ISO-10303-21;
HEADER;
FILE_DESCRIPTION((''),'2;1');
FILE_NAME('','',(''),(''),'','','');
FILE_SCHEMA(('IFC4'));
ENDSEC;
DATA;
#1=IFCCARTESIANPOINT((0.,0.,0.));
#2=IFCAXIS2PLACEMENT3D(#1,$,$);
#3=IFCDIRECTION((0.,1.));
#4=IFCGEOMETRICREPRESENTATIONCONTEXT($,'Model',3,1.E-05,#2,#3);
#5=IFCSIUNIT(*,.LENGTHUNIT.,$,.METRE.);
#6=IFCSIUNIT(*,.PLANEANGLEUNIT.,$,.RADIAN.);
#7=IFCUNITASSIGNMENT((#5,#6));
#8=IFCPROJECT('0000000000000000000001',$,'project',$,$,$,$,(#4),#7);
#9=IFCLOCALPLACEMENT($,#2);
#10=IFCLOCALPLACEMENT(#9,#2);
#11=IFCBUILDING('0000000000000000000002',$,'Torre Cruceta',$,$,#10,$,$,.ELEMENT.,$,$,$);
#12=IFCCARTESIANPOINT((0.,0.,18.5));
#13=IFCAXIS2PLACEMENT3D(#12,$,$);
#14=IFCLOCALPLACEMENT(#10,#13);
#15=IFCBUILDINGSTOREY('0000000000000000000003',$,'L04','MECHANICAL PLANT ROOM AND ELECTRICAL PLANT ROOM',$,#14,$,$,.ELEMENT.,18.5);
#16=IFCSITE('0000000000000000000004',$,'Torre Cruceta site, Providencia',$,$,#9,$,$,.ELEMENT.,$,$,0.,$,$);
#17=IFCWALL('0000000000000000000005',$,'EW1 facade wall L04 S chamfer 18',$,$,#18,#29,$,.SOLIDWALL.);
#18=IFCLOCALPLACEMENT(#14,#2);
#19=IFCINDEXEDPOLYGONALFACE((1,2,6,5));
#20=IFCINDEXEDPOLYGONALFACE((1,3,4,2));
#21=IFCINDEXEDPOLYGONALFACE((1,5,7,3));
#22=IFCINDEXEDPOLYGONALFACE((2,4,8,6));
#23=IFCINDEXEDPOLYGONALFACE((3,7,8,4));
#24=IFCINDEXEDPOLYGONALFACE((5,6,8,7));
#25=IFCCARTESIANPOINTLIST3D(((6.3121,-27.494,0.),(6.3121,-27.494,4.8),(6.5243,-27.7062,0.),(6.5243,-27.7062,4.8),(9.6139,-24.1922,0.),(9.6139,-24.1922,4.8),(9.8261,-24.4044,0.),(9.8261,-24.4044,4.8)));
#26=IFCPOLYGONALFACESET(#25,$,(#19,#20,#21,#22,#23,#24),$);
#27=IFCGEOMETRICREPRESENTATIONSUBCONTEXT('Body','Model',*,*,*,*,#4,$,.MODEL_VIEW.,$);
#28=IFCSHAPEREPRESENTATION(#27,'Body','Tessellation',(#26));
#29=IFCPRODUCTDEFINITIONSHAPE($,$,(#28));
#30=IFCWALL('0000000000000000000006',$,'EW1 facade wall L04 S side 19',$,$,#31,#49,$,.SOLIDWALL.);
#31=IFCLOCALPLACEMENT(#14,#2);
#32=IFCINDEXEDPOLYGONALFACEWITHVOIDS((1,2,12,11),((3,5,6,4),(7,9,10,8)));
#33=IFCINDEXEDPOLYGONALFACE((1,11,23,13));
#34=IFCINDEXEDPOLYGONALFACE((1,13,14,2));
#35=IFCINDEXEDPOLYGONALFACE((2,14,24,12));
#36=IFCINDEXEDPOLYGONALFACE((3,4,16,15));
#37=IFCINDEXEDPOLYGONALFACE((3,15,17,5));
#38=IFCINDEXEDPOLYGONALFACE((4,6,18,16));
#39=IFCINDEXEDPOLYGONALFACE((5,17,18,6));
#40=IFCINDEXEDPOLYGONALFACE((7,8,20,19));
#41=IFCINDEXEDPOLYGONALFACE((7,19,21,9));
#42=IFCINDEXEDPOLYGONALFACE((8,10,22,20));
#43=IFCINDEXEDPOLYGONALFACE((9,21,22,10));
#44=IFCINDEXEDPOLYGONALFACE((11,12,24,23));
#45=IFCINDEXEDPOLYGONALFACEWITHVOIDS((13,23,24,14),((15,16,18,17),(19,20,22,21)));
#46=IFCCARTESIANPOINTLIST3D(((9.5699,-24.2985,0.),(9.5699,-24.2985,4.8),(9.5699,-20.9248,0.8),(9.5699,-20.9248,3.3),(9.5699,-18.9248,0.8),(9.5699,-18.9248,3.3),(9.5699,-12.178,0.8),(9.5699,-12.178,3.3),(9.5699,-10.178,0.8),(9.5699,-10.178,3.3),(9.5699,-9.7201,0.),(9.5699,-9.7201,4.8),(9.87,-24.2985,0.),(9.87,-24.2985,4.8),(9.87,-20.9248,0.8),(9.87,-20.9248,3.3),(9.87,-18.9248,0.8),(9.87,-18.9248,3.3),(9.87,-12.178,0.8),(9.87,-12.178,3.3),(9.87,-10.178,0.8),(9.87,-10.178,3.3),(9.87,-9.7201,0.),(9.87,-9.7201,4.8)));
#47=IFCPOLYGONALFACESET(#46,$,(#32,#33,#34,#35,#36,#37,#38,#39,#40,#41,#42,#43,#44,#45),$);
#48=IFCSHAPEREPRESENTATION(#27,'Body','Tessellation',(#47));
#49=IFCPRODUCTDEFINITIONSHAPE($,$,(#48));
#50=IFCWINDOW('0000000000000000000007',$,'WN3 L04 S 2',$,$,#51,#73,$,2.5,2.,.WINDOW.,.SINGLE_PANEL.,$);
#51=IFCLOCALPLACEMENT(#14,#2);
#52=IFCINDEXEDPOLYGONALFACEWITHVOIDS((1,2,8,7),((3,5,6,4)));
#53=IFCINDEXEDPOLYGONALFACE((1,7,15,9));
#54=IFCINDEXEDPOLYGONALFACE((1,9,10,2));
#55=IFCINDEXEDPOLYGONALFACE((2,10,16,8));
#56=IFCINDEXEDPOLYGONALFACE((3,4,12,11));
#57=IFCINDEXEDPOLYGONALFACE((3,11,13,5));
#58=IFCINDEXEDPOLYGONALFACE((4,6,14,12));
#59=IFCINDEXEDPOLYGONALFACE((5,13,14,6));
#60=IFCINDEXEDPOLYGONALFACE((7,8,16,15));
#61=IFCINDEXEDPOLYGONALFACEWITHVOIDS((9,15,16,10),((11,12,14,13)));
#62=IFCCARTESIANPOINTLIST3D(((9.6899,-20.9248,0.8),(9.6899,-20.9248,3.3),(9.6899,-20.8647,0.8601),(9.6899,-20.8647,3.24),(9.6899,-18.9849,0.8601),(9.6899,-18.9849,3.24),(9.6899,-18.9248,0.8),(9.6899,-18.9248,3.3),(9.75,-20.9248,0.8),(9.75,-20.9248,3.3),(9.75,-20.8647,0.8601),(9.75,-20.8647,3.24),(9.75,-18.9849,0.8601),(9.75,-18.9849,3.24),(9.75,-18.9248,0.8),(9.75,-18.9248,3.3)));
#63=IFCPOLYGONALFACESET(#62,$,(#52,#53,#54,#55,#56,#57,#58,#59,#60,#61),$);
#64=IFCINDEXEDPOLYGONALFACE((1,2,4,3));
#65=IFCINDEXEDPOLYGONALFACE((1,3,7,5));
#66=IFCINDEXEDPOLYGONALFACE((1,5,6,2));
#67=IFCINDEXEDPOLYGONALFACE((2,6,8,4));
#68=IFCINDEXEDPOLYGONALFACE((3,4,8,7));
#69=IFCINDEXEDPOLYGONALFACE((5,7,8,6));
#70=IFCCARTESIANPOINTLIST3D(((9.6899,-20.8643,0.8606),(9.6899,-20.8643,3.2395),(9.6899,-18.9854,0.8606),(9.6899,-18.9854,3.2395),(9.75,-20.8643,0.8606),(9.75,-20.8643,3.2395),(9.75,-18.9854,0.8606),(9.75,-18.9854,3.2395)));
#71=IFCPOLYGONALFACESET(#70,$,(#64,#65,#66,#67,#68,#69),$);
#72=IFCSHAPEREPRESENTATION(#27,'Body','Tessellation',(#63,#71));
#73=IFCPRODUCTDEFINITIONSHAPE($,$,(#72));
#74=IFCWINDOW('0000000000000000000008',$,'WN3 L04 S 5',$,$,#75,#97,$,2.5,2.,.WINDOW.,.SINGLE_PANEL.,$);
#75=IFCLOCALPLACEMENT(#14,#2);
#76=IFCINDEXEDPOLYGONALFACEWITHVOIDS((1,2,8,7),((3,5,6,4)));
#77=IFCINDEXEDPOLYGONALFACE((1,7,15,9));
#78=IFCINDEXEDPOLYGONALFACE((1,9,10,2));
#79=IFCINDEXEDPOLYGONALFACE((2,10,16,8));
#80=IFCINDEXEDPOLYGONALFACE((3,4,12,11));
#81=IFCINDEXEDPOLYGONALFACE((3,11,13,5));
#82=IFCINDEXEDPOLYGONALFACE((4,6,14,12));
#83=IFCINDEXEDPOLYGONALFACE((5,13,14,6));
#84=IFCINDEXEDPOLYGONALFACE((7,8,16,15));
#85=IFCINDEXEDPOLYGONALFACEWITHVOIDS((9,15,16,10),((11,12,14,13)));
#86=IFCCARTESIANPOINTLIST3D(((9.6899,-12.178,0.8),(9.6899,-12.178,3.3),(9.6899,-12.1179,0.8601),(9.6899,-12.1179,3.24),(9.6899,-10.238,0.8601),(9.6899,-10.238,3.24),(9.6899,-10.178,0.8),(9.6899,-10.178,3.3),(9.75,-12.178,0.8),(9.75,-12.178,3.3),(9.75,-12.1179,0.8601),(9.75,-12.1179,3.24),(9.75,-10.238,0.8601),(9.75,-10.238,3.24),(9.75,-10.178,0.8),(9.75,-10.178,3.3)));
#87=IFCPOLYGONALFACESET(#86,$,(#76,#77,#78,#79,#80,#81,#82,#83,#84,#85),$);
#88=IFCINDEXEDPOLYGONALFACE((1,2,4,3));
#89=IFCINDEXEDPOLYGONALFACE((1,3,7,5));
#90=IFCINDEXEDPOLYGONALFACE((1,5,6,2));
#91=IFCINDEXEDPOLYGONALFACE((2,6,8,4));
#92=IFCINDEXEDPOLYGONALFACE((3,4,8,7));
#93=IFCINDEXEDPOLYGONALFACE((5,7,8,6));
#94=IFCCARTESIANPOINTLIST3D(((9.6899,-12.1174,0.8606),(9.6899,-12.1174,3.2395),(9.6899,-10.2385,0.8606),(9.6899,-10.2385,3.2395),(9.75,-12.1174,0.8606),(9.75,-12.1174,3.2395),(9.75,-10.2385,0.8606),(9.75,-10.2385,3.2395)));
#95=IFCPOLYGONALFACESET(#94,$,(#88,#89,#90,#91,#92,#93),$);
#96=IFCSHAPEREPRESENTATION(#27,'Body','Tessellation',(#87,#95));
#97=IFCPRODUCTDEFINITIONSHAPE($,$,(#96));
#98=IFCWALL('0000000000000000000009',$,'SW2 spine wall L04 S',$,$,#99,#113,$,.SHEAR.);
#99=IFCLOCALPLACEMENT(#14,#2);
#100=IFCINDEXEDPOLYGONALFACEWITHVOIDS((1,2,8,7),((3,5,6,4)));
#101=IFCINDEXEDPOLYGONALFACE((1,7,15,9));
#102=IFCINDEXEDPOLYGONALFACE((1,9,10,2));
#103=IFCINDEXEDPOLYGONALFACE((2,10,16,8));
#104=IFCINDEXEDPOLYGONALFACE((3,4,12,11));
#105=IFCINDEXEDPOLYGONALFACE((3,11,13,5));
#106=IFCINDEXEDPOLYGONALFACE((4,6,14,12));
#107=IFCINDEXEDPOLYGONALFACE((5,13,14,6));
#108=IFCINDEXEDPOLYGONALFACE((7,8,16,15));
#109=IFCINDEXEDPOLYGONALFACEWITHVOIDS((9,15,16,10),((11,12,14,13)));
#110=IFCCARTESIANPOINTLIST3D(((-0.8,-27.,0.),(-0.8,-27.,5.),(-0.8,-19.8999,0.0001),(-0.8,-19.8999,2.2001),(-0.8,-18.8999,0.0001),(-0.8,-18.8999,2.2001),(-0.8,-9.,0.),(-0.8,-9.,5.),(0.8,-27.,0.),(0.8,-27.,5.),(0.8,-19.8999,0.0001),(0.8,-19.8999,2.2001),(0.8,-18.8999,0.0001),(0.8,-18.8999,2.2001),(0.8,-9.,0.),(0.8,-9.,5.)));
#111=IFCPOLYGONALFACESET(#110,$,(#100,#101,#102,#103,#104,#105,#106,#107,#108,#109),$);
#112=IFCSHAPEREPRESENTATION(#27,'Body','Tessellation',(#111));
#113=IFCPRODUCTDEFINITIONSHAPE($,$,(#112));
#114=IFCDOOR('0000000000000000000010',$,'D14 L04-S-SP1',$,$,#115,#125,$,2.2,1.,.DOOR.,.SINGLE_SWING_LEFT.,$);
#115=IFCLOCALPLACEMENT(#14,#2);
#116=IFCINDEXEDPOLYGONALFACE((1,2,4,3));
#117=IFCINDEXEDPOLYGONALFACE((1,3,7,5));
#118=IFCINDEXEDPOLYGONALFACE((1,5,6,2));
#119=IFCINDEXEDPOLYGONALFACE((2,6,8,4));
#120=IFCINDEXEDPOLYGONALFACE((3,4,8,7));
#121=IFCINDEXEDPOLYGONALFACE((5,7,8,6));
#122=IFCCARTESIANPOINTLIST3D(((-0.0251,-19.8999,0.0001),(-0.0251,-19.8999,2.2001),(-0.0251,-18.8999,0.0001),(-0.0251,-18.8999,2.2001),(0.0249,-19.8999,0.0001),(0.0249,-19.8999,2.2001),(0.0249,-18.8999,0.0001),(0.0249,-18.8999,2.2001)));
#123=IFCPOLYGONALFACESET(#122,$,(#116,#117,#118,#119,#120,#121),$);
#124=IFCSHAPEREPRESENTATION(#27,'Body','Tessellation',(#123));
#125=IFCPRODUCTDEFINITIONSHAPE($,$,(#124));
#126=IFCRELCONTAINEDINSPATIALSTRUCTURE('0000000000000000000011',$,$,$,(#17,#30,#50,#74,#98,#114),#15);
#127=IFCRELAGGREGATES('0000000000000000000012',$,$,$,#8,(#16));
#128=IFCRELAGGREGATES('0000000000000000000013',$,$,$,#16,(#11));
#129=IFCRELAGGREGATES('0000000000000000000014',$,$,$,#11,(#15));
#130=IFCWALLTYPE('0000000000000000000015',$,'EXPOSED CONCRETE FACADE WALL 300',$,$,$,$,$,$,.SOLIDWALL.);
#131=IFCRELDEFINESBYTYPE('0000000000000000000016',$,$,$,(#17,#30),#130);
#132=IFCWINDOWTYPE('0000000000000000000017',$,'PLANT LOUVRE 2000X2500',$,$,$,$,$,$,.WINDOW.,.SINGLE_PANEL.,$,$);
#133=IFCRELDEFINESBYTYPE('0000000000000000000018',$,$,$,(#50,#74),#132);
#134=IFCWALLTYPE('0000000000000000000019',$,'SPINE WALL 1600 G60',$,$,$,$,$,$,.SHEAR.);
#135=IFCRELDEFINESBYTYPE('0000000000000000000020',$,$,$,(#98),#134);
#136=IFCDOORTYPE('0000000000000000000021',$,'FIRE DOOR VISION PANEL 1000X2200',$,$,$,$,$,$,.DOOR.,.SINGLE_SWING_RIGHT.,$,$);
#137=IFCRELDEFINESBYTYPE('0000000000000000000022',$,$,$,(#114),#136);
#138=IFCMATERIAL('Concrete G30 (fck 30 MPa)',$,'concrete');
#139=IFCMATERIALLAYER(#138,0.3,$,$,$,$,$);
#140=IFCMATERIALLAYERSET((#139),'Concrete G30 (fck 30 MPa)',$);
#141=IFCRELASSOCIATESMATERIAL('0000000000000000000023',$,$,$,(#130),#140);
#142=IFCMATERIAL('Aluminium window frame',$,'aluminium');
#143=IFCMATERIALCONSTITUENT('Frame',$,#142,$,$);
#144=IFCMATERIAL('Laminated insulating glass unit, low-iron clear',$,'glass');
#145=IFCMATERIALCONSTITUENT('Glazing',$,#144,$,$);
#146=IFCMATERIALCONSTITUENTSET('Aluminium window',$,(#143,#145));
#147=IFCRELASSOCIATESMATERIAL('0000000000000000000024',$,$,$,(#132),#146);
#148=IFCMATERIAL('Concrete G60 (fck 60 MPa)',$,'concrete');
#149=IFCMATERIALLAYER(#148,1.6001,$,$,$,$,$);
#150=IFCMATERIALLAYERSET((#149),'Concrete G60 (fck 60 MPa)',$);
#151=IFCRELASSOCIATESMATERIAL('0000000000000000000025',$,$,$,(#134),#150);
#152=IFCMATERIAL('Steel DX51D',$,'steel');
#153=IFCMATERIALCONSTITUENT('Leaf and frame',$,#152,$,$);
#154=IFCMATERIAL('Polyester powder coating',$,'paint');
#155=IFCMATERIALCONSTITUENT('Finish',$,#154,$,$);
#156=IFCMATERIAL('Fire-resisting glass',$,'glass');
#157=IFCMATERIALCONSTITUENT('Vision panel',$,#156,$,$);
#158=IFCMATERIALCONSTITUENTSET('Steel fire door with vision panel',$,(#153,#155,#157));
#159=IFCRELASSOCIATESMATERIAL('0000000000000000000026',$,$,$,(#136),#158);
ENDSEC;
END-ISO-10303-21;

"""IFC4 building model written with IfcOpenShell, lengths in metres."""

from ifc_helpers import new_model, si_unit, direction, frame, frame_2d, origin, place, context, subcontext, project, spatial, rectangle, hollow_rectangle, extrude, material, layer, layer_set, constituent, constituent_set, type_object, element, fill, save


model = new_model("IFC4")

# Units and contexts
model_context = context("Model", 3, precision=1e-05, world=origin(), true_north=direction((0.0, 1.0)))
body_context = subcontext(model_context, "Body", "Model", "MODEL_VIEW")
ifc_project = project(units=[si_unit("LENGTHUNIT", "METRE"), si_unit("PLANEANGLEUNIT", "RADIAN")], contexts=[model_context])

# Site, building, storey
site_placement = place(None, origin())
site = spatial("IfcSite", under=ifc_project, at=site_placement, Name="Torre Cruceta site, Providencia", CompositionType="ELEMENT", RefElevation=0.0)
building_placement = place(site_placement, origin())
building = spatial("IfcBuilding", under=site, at=building_placement, Name="Torre Cruceta", CompositionType="ELEMENT")
storey_placement = place(building_placement, frame((0.0, 0.0, 18.5)))
storey = spatial("IfcBuildingStorey", under=building, at=storey_placement, Name="L04", Description="MECHANICAL PLANT ROOM AND ELECTRICAL PLANT ROOM", CompositionType="ELEMENT", Elevation=18.5)

# Shared definitions
ifc_material_1 = material(Name="Concrete G30 (fck 30 MPa)", Category="concrete")
ifc_layer_1 = layer(ifc_material_1, 0.3)
ifc_layer_set_1 = layer_set([ifc_layer_1], Name="Concrete G30 (fck 30 MPa)")
wall_type_1 = type_object("IfcWallType", Name="EXPOSED CONCRETE FACADE WALL 300", PredefinedType="SOLIDWALL", material=ifc_layer_set_1)
ifc_material_2 = material(Name="Aluminium window frame", Category="aluminium")
ifc_constituent_1 = constituent(ifc_material_2, Name="Frame")
ifc_material_3 = material(Name="Laminated insulating glass unit, low-iron clear", Category="glass")
ifc_constituent_2 = constituent(ifc_material_3, Name="Glazing")
ifc_constituent_set_1 = constituent_set(constituents=[ifc_constituent_1, ifc_constituent_2], Name="Aluminium window")
window_type = type_object("IfcWindowType", Name="PLANT LOUVRE 2000X2500", PartitioningType="SINGLE_PANEL", PredefinedType="WINDOW", material=ifc_constituent_set_1)

# Wall
for number, where, z_axis, x_axis, name in (
    (1, (6.4182, -27.6001, 0.0), (0.0, 0.0, 1.0), (0.707107, 0.707107, 0.0), "EW1 facade wall L04 S chamfer 18"),
):
    element("IfcWall", number, at=place(storey_placement, frame(where, z_axis=z_axis, x_axis=x_axis)), inside=storey, type_object=wall_type_1, Name=name, PredefinedType="SOLIDWALL", context=body_context, shape_type="SweptSolid", body=[
        extrude(rectangle(XDim=4.6694, YDim=0.3, at=frame_2d((2.3347, 0.0))), origin(), (0.0, 0.0, 1.0), 4.8),
    ])

# Wall, openings, windows
wall_1_placement = place(storey_placement, frame((9.72, -24.2983, 0.0), z_axis=(0.0, 0.0, 1.0), x_axis=(0.0, 1.0, 0.0)))
wall_1 = element("IfcWall", 2, at=wall_1_placement, inside=storey, type_object=wall_type_1, Name="EW1 facade wall L04 S side 19", PredefinedType="SOLIDWALL", context=body_context, shape_type="SweptSolid", body=[
    extrude(rectangle(XDim=14.5784, YDim=0.3, at=frame_2d((7.2891, 0.0))), origin(), (0.0, 0.0, 1.0), 4.8),
])
opening_1_placement = place(wall_1_placement, frame((3.3735, 0.0, 0.8)))
opening_1 = element("IfcOpeningElement", 3, at=opening_1_placement, cuts=wall_1, PredefinedType="OPENING", context=body_context, shape_type="SweptSolid", body=[
    extrude(rectangle(XDim=2.0, YDim=2.5, at=frame_2d((1.0, 1.25))), frame((0.0, 0.1599, 0.0), z_axis=(0.0, -1.0, 0.0), x_axis=(1.0, 0.0, 0.0)), (0.0, 0.0, 1.0), 0.3201),
])
opening_2_placement = place(wall_1_placement, frame((12.1204, 0.0, 0.8)))
opening_2 = element("IfcOpeningElement", 4, at=opening_2_placement, cuts=wall_1, PredefinedType="OPENING", context=body_context, shape_type="SweptSolid", body=[
    extrude(rectangle(XDim=2.0, YDim=2.5, at=frame_2d((1.0, 1.25))), frame((0.0, 0.1599, 0.0), z_axis=(0.0, -1.0, 0.0), x_axis=(1.0, 0.0, 0.0)), (0.0, 0.0, 1.0), 0.3201),
])
window_1_placement = place(opening_1_placement, origin())
window_1 = element("IfcWindow", 5, at=window_1_placement, inside=storey, type_object=window_type, Name="WN3 L04 S 2", OverallHeight=2.5, OverallWidth=2.0, PartitioningType="SINGLE_PANEL", PredefinedType="WINDOW", context=body_context, shape_type="SweptSolid", body=[
    extrude(hollow_rectangle(XDim=2.0, YDim=2.5, WallThickness=0.0601, at=frame_2d((1.0, 1.25))), frame((0.0, 0.03, 0.0), z_axis=(0.0, -1.0, 0.0), x_axis=(1.0, 0.0, 0.0)), (0.0, 0.0, 1.0), 0.0601),
    extrude(rectangle(XDim=1.8789, YDim=2.3789, at=frame_2d((1.0, 1.25))), frame((0.0, 0.03, 0.0), z_axis=(0.0, -1.0, 0.0), x_axis=(1.0, 0.0, 0.0)), (0.0, 0.0, 1.0), 0.0601),
])
fill(opening_1, window_1)
window_2_placement = place(opening_2_placement, origin())
window_2 = element("IfcWindow", 6, at=window_2_placement, inside=storey, type_object=window_type, Name="WN3 L04 S 5", OverallHeight=2.5, OverallWidth=2.0, PartitioningType="SINGLE_PANEL", PredefinedType="WINDOW", context=body_context, shape_type="SweptSolid", body=[
    extrude(hollow_rectangle(XDim=2.0, YDim=2.5, WallThickness=0.0601, at=frame_2d((1.0, 1.25))), frame((0.0, 0.03, 0.0), z_axis=(0.0, -1.0, 0.0), x_axis=(1.0, 0.0, 0.0)), (0.0, 0.0, 1.0), 0.0601),
    extrude(rectangle(XDim=1.8789, YDim=2.3789, at=frame_2d((1.0, 1.25))), frame((0.0, 0.03, 0.0), z_axis=(0.0, -1.0, 0.0), x_axis=(1.0, 0.0, 0.0)), (0.0, 0.0, 1.0), 0.0601),
])
fill(opening_2, window_2)

# Wall, opening, door
ifc_material_4 = material(Name="Concrete G60 (fck 60 MPa)", Category="concrete")
ifc_layer_2 = layer(ifc_material_4, 1.6001)
ifc_layer_set_2 = layer_set([ifc_layer_2], Name="Concrete G60 (fck 60 MPa)")
wall_type_2 = type_object("IfcWallType", Name="SPINE WALL 1600 G60", PredefinedType="SHEAR", material=ifc_layer_set_2)
wall_2_placement = place(storey_placement, frame((0.0, -9.0, 0.0), z_axis=(0.0, 0.0, 1.0), x_axis=(0.0, -1.0, 0.0)))
wall_2 = element("IfcWall", 7, at=wall_2_placement, inside=storey, type_object=wall_type_2, Name="SW2 spine wall L04 S", PredefinedType="SHEAR", context=body_context, shape_type="SweptSolid", body=[
    extrude(rectangle(XDim=18.0, YDim=1.6001, at=frame_2d((9.0, 0.0))), origin(), (0.0, 0.0, 1.0), 5.0),
])
opening_3_placement = place(wall_2_placement, frame((9.8999, 0.0, 0.0)))
opening_3 = element("IfcOpeningElement", 8, at=opening_3_placement, cuts=wall_2, PredefinedType="OPENING", context=body_context, shape_type="SweptSolid", body=[
    extrude(rectangle(XDim=1.0, YDim=2.2, at=frame_2d((0.5, 1.1001))), frame((0.0, 0.8101, 0.0), z_axis=(0.0, -1.0, 0.0), x_axis=(1.0, 0.0, 0.0)), (0.0, 0.0, 1.0), 1.6201),
])
ifc_material_5 = material(Name="Steel DX51D", Category="steel")
ifc_constituent_3 = constituent(ifc_material_5, Name="Leaf and frame")
ifc_material_6 = material(Name="Polyester powder coating", Category="paint")
ifc_constituent_4 = constituent(ifc_material_6, Name="Finish")
ifc_material_7 = material(Name="Fire-resisting glass", Category="glass")
ifc_constituent_5 = constituent(ifc_material_7, Name="Vision panel")
ifc_constituent_set_2 = constituent_set(constituents=[ifc_constituent_3, ifc_constituent_4, ifc_constituent_5], Name="Steel fire door with vision panel")
door_type_1 = type_object("IfcDoorType", Name="FIRE DOOR VISION PANEL 1000X2200", OperationType="SINGLE_SWING_RIGHT", PredefinedType="DOOR", material=ifc_constituent_set_2)
door_1_placement = place(opening_3_placement, frame((1.0, 0.0, 0.0), z_axis=(0.0, 0.0, 1.0), x_axis=(-1.0, 0.0, 0.0)))
door_1 = element("IfcDoor", 9, at=door_1_placement, inside=storey, type_object=door_type_1, Name="D14 L04-S-SP1", OperationType="SINGLE_SWING_LEFT", OverallHeight=2.2, OverallWidth=1.0, PredefinedType="DOOR", context=body_context, shape_type="SweptSolid", body=[
    extrude(rectangle(XDim=1.0, YDim=2.2, at=frame_2d((0.5, 1.1001))), frame((0.0, 0.0251, 0.0), z_axis=(0.0, -1.0, 0.0), x_axis=(1.0, 0.0, 0.0)), (0.0, 0.0, 1.0), 0.05),
])
fill(opening_3, door_1)

save(model, "model.ifc")
